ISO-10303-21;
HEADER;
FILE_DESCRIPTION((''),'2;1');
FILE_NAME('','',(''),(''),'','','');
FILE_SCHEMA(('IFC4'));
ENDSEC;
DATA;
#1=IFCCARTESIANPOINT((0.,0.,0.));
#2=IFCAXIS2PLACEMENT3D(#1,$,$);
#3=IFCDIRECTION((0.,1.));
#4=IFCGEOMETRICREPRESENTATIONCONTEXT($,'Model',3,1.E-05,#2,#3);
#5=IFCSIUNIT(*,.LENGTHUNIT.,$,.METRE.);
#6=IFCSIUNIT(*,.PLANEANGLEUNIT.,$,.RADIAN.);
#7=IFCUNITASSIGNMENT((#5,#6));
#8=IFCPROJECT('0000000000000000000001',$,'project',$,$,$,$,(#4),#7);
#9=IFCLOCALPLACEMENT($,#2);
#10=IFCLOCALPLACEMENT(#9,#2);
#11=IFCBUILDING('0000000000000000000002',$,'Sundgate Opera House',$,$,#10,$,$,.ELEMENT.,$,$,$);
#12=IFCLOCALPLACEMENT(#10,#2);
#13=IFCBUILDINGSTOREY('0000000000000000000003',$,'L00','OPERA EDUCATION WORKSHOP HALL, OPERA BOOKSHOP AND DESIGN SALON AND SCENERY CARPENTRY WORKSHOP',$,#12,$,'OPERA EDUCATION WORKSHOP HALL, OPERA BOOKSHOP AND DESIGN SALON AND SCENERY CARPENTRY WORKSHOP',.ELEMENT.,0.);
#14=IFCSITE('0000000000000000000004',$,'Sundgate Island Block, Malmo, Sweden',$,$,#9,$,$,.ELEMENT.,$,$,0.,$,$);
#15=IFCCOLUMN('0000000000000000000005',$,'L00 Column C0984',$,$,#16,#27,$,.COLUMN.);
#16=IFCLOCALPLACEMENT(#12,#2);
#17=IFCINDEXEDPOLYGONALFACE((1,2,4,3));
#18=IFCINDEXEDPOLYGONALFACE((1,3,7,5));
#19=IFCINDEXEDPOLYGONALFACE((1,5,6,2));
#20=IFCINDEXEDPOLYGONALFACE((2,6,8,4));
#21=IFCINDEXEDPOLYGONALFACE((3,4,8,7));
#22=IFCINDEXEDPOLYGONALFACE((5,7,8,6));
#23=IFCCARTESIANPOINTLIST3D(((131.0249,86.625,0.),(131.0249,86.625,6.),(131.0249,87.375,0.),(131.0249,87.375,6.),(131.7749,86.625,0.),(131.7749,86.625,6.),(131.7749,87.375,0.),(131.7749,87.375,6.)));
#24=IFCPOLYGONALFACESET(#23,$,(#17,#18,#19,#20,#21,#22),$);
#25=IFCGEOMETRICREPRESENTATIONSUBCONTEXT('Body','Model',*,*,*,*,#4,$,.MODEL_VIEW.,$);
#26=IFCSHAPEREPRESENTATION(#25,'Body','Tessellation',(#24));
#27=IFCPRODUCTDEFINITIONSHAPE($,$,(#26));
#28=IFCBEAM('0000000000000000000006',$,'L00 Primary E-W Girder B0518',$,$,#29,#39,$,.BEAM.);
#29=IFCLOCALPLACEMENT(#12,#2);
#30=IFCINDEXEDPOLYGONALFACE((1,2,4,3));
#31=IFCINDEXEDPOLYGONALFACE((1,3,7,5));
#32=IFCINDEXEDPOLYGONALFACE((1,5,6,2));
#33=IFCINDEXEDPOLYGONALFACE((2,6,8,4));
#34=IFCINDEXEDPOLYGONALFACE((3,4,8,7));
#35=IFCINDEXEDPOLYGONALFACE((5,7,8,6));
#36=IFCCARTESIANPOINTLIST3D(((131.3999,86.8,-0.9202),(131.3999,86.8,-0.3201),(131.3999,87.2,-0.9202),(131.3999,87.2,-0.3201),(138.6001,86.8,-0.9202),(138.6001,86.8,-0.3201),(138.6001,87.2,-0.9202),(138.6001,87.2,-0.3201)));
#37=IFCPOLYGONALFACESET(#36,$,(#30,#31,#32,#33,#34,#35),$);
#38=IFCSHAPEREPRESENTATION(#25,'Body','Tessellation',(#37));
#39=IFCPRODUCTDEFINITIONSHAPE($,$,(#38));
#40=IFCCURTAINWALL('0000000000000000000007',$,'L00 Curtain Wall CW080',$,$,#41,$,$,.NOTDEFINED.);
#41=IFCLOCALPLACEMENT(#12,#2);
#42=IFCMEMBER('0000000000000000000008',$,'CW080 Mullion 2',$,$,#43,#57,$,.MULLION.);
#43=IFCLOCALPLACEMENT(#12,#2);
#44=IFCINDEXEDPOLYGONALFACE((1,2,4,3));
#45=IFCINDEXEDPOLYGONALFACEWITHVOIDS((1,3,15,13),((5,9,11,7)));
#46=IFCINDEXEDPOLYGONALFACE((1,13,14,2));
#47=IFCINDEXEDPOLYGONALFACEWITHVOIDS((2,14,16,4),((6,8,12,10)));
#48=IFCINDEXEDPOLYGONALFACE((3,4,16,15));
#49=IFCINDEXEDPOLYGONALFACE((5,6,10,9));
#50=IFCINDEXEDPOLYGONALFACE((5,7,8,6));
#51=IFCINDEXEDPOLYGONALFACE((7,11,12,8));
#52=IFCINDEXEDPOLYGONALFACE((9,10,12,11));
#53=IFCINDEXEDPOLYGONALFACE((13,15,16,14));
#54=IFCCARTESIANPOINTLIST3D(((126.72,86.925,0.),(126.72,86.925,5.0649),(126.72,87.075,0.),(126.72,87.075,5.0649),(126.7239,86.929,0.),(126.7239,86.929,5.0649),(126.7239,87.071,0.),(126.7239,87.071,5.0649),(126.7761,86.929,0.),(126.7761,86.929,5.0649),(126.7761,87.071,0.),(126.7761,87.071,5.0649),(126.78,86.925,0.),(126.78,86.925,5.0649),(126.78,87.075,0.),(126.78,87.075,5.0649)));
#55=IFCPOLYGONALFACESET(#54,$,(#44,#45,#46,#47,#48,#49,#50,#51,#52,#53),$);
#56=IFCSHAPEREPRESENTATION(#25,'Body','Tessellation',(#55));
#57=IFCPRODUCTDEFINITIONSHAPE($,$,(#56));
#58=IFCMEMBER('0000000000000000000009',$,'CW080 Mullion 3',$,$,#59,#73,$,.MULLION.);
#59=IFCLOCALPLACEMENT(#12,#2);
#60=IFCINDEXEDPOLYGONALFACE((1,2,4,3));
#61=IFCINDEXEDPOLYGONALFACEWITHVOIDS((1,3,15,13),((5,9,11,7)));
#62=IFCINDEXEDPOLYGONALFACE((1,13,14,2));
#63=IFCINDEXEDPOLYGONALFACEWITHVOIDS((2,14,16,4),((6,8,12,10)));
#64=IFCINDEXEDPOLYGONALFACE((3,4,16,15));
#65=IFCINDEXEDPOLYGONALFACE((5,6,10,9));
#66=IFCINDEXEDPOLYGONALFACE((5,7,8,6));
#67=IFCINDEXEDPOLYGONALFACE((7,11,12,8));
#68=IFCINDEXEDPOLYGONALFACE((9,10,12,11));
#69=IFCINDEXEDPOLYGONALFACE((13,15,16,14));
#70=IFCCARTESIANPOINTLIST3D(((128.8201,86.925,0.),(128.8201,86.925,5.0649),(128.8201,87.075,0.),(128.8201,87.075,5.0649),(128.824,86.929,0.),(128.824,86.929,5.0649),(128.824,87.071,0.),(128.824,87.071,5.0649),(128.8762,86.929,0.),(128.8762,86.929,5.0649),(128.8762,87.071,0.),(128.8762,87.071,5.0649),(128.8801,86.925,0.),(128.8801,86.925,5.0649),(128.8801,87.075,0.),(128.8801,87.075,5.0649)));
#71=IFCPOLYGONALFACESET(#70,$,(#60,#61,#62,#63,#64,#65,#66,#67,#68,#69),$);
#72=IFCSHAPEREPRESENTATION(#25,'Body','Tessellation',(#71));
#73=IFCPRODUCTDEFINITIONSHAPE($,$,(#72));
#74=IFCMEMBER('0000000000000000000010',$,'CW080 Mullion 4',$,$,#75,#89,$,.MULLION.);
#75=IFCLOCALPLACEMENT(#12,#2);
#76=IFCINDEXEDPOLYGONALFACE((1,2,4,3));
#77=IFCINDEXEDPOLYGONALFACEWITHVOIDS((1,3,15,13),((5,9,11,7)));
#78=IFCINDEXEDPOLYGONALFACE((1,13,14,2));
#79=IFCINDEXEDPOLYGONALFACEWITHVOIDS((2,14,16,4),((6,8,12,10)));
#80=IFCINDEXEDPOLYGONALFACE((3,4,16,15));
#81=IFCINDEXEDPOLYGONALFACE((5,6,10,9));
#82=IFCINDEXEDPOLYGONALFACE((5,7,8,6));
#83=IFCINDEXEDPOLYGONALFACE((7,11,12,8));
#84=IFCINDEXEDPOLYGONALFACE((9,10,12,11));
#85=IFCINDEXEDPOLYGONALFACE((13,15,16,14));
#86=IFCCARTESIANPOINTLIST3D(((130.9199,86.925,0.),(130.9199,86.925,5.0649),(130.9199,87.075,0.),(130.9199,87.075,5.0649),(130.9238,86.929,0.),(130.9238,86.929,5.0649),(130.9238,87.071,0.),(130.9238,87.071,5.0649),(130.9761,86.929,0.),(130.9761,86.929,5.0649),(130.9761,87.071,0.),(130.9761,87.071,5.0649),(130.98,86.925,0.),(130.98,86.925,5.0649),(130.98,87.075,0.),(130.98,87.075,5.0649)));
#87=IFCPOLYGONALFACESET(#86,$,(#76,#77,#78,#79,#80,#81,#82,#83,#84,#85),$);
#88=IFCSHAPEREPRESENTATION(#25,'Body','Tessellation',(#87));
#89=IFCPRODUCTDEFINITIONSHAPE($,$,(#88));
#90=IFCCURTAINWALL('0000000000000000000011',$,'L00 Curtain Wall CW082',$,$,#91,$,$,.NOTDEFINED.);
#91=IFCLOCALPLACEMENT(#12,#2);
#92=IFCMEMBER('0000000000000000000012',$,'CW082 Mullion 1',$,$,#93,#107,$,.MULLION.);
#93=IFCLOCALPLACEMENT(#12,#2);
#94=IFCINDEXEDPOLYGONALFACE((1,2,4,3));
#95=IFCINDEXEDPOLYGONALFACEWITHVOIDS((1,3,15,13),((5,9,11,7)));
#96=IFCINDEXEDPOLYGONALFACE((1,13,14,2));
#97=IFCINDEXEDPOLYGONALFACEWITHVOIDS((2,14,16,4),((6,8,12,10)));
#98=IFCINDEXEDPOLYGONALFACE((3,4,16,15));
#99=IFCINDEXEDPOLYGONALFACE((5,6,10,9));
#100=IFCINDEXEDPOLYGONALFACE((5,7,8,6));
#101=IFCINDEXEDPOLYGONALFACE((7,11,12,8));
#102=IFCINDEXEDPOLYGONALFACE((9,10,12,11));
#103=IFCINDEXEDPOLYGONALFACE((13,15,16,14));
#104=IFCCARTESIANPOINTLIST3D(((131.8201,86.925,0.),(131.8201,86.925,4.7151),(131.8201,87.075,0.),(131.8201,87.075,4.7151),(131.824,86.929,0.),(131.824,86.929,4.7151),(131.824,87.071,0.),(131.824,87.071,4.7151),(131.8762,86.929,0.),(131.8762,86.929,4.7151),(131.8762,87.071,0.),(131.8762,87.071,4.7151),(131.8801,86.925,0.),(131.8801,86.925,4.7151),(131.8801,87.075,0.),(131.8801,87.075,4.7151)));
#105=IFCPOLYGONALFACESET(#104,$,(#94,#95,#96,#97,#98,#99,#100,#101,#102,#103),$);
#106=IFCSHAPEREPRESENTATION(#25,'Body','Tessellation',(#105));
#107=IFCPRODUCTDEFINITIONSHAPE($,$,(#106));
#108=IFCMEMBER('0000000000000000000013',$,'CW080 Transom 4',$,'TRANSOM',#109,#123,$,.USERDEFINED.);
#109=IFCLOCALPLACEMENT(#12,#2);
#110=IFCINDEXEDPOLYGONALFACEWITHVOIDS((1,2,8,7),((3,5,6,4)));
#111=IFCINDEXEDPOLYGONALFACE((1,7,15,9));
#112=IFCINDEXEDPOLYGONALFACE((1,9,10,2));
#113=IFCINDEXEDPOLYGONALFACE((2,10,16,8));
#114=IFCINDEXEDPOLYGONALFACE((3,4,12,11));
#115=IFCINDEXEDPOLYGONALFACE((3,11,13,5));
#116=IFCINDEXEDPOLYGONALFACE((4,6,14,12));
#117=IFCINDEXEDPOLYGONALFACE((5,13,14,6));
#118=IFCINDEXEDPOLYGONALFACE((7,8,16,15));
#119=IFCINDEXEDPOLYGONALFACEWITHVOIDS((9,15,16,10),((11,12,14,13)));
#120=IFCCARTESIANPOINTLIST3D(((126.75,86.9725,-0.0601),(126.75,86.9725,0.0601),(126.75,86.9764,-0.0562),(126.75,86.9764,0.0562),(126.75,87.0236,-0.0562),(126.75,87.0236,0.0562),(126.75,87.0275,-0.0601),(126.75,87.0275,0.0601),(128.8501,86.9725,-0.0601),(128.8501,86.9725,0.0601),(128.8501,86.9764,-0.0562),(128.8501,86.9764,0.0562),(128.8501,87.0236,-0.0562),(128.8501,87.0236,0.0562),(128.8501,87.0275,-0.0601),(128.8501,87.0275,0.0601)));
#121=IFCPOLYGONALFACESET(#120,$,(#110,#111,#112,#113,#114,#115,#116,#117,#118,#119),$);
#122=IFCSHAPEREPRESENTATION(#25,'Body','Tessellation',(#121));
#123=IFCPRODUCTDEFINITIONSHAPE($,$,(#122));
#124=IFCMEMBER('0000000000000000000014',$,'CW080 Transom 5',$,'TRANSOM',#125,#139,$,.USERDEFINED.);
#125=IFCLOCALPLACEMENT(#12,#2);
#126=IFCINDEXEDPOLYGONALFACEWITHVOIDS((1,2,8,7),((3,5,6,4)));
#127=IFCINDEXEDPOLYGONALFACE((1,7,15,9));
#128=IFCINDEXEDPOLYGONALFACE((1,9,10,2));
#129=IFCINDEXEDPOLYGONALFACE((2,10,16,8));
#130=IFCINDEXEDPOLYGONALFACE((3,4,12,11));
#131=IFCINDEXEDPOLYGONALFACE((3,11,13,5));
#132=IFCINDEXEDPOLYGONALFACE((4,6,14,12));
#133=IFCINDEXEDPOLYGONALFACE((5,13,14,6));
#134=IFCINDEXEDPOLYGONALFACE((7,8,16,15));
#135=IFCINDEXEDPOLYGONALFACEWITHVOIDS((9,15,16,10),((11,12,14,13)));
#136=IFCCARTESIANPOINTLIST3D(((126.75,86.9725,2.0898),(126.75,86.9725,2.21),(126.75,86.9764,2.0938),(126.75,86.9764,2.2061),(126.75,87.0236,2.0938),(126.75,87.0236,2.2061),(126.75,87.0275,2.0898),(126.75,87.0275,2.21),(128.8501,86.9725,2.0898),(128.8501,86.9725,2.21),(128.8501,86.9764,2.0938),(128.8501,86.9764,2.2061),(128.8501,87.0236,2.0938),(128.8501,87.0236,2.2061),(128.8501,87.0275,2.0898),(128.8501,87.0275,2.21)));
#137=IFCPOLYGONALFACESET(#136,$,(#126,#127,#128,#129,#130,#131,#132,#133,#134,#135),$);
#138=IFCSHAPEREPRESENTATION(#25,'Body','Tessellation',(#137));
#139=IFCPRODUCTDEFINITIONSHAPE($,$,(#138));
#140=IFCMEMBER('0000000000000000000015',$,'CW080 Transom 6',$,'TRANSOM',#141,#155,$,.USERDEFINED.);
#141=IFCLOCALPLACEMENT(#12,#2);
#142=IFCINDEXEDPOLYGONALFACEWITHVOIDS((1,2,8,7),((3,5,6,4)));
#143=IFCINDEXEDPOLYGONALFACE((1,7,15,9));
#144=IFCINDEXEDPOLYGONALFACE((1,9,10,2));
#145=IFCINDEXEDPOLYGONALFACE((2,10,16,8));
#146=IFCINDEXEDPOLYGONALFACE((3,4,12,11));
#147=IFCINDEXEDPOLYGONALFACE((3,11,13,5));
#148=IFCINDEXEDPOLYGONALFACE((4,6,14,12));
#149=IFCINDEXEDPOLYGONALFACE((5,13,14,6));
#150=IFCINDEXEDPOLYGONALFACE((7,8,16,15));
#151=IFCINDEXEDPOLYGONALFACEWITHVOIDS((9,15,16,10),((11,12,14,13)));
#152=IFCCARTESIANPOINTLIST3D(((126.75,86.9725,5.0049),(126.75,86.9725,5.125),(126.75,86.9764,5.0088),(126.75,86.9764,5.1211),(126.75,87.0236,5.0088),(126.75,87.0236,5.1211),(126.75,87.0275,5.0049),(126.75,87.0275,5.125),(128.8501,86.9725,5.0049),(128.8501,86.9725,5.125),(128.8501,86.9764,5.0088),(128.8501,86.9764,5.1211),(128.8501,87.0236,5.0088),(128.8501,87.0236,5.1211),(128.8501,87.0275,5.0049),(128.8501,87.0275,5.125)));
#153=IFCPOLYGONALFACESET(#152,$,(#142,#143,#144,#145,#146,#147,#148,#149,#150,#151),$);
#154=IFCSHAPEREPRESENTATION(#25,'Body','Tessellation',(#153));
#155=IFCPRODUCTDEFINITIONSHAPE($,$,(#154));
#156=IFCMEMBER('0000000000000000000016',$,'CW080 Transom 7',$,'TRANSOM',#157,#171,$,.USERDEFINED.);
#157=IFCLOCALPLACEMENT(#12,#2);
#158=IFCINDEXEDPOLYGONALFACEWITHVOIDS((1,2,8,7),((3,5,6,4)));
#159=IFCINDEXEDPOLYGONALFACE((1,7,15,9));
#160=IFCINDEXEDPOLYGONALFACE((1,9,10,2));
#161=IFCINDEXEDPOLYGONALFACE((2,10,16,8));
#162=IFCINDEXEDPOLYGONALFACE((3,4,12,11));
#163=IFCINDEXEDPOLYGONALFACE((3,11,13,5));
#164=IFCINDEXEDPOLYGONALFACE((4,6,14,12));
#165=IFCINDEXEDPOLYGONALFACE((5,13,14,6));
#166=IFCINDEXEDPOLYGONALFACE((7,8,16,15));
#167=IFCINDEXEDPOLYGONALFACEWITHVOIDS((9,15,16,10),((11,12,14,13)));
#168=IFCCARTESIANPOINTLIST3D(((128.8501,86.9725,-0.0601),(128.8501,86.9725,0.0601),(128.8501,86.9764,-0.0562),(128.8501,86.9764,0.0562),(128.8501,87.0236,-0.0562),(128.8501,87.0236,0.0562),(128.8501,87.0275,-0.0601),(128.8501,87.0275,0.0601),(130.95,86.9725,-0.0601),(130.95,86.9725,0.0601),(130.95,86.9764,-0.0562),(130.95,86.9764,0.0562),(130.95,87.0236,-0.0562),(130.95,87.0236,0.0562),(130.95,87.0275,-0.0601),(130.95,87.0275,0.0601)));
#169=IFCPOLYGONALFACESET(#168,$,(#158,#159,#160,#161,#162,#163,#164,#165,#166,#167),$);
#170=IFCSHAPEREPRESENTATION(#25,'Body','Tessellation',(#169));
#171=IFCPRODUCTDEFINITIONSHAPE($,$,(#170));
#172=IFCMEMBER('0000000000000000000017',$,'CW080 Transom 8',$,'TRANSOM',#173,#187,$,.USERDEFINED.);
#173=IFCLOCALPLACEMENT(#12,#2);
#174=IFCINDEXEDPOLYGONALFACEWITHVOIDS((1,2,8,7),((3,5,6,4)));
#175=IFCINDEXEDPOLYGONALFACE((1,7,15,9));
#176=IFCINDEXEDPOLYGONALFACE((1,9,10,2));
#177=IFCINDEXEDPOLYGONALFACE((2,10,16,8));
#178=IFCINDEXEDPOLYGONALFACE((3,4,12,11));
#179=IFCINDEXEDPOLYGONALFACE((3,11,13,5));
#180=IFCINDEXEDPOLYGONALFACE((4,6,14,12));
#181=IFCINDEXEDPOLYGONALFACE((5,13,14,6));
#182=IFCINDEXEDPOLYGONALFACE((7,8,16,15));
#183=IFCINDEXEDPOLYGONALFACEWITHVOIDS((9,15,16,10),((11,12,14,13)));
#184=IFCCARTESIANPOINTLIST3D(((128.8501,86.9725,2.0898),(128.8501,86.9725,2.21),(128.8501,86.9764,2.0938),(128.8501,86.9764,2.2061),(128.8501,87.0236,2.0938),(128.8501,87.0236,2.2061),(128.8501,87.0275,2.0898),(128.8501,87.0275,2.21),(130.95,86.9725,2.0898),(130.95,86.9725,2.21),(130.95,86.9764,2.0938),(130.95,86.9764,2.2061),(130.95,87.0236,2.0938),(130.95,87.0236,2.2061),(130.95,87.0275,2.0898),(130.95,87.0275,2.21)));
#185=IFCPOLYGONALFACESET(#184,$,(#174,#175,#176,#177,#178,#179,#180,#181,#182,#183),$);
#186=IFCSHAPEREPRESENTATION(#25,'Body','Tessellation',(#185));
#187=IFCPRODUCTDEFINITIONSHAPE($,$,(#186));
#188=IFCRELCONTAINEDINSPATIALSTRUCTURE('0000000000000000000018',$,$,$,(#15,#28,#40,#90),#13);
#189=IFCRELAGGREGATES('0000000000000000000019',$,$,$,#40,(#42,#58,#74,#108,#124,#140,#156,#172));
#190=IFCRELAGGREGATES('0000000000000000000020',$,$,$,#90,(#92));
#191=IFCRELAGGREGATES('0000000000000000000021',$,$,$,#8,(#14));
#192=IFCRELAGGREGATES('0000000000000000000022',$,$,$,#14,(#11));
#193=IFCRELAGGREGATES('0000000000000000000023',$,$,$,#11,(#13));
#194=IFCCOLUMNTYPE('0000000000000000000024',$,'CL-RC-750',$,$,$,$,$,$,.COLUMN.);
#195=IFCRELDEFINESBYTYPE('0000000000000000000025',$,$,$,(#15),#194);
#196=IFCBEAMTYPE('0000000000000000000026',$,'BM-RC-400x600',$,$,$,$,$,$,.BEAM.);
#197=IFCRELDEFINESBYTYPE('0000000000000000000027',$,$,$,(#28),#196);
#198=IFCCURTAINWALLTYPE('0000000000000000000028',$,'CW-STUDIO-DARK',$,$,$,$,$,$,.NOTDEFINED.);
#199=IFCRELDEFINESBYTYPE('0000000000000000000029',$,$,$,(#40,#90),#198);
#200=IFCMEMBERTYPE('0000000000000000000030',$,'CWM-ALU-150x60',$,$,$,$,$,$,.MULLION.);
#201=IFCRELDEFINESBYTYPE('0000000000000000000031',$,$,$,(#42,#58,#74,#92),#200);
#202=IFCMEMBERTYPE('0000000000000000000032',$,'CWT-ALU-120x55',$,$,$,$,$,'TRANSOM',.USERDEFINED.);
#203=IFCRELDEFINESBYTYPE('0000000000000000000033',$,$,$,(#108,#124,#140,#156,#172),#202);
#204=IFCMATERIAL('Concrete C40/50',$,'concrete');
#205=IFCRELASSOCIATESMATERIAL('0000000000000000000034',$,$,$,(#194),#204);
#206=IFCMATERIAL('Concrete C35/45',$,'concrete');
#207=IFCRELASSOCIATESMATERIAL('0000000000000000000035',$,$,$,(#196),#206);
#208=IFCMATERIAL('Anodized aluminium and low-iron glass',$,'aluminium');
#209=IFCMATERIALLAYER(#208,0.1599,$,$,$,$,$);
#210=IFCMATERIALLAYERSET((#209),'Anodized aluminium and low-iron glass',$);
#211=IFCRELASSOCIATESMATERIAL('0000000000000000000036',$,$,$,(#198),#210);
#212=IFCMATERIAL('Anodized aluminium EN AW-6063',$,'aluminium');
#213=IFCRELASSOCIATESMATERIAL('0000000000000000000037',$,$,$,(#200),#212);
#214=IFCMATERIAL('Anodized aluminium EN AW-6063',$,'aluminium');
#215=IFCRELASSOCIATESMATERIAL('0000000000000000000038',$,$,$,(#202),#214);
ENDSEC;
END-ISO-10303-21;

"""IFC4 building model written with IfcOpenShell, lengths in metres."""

from ifc_helpers import new_model, si_unit, direction, frame, origin, origin_2d, place, context, subcontext, project, spatial, rectangle, hollow_rectangle, extrude, material, layer, layer_set, material_profile, profile_set, type_object, element, aggregate, save


model = new_model("IFC4")

# Units and contexts
model_context = context("Model", 3, precision=1e-05, world=origin(), true_north=direction((0.0, 1.0)))
body_context = subcontext(model_context, "Body", "Model", "MODEL_VIEW")
ifc_project = project(units=[si_unit("LENGTHUNIT", "METRE"), si_unit("PLANEANGLEUNIT", "RADIAN")], contexts=[model_context])

# Site, building, storey
site_placement = place(None, origin())
site = spatial("IfcSite", under=ifc_project, at=site_placement, Name="Sundgate Island Block, Malmo, Sweden", CompositionType="ELEMENT", RefElevation=0.0)
building_placement = place(site_placement, origin())
building = spatial("IfcBuilding", under=site, at=building_placement, Name="Sundgate Opera House", CompositionType="ELEMENT")
storey_placement = place(building_placement, origin())
storey = spatial("IfcBuildingStorey", under=building, at=storey_placement, Name="L00", Description="OPERA EDUCATION WORKSHOP HALL, OPERA BOOKSHOP AND DESIGN SALON AND SCENERY CARPENTRY WORKSHOP", LongName="OPERA EDUCATION WORKSHOP HALL, OPERA BOOKSHOP AND DESIGN SALON AND SCENERY CARPENTRY WORKSHOP", CompositionType="ELEMENT", Elevation=0.0)

# Column
ifc_material_1 = material(Name="Concrete C40/50", Category="concrete")
ifc_material_profile_1 = material_profile(ifc_material_1, rectangle(XDim=0.75, YDim=0.75, at=origin_2d()), Name="RC 750x750")
ifc_profile_set_1 = profile_set([ifc_material_profile_1], Name="Concrete C40/50")
column_type = type_object("IfcColumnType", Name="CL-RC-750", PredefinedType="COLUMN", material=ifc_profile_set_1)
column_placement = place(storey_placement, frame((131.3999, 87.0, 0.0), z_axis=(0.0, 0.0, 1.0), x_axis=(1.0, 0.0, 0.0)))
element("IfcColumn", 1, at=column_placement, inside=storey, type_object=column_type, Name="L00 Column C0984", PredefinedType="COLUMN", context=body_context, shape_type="SweptSolid", body=[
    extrude(rectangle(XDim=0.75, YDim=0.75, at=origin_2d()), origin(), (0.0, 0.0, 1.0), 6.0),
])

# Beam
ifc_material_2 = material(Name="Concrete C35/45", Category="concrete")
ifc_material_profile_2 = material_profile(ifc_material_2, rectangle(XDim=0.3999, YDim=0.6001, at=origin_2d()), Name="RC 400x600")
ifc_profile_set_2 = profile_set([ifc_material_profile_2], Name="Concrete C35/45")
beam_type = type_object("IfcBeamType", Name="BM-RC-400x600", PredefinedType="BEAM", material=ifc_profile_set_2)
beam_placement = place(storey_placement, frame((131.3999, 87.0, -0.6201), z_axis=(1.0, 0.0, 0.0), x_axis=(0.0, 1.0, 0.0)))
element("IfcBeam", 2, at=beam_placement, inside=storey, type_object=beam_type, Name="L00 Primary E-W Girder B0518", PredefinedType="BEAM", context=body_context, shape_type="SweptSolid", body=[
    extrude(rectangle(XDim=0.3999, YDim=0.6001, at=origin_2d()), origin(), (0.0, 0.0, 1.0), 7.2002),
])

# Curtain wall, members
ifc_material_3 = material(Name="Anodized aluminium and low-iron glass", Category="aluminium")
ifc_layer_1 = layer(ifc_material_3, 0.1599)
ifc_layer_set_1 = layer_set([ifc_layer_1], Name="Anodized aluminium and low-iron glass")
curtain_wall_type = type_object("IfcCurtainWallType", Name="CW-STUDIO-DARK", PredefinedType="NOTDEFINED", material=ifc_layer_set_1)
curtain_wall_1_placement = place(storey_placement, origin())
curtain_wall_1 = element("IfcCurtainWall", 3, at=curtain_wall_1_placement, inside=storey, type_object=curtain_wall_type, Name="L00 Curtain Wall CW080", PredefinedType="NOTDEFINED")
ifc_material_4 = material(Name="Anodized aluminium EN AW-6063", Category="aluminium")
ifc_material_profile_3 = material_profile(ifc_material_4, hollow_rectangle(XDim=0.0601, YDim=0.1499, WallThickness=0.0039, at=origin_2d()), Name="CWM 150x60x4")
ifc_profile_set_3 = profile_set([ifc_material_profile_3], Name="Anodized aluminium EN AW-6063")
member_type_1 = type_object("IfcMemberType", Name="CWM-ALU-150x60", PredefinedType="MULLION", material=ifc_profile_set_3)
member_1_placement = place(storey_placement, frame((126.75, 87.0, 0.0), z_axis=(0.0, 0.0, 1.0), x_axis=(1.0, 0.0, 0.0)))
member_1 = element("IfcMember", 4, at=member_1_placement, type_object=member_type_1, Name="CW080 Mullion 2", PredefinedType="MULLION", context=body_context, shape_type="SweptSolid", body=[
    extrude(hollow_rectangle(XDim=0.0601, YDim=0.1499, WallThickness=0.0039, at=origin_2d()), origin(), (0.0, 0.0, 1.0), 5.0649),
])
member_2_placement = place(storey_placement, frame((128.8501, 87.0, 0.0), z_axis=(0.0, 0.0, 1.0), x_axis=(1.0, 0.0, 0.0)))
member_2 = element("IfcMember", 5, at=member_2_placement, type_object=member_type_1, Name="CW080 Mullion 3", PredefinedType="MULLION", context=body_context, shape_type="SweptSolid", body=[
    extrude(hollow_rectangle(XDim=0.0601, YDim=0.1499, WallThickness=0.0039, at=origin_2d()), origin(), (0.0, 0.0, 1.0), 5.0649),
])
member_3_placement = place(storey_placement, frame((130.95, 87.0, 0.0), z_axis=(0.0, 0.0, 1.0), x_axis=(1.0, 0.0, 0.0)))
member_3 = element("IfcMember", 6, at=member_3_placement, type_object=member_type_1, Name="CW080 Mullion 4", PredefinedType="MULLION", context=body_context, shape_type="SweptSolid", body=[
    extrude(hollow_rectangle(XDim=0.0601, YDim=0.1499, WallThickness=0.0039, at=origin_2d()), origin(), (0.0, 0.0, 1.0), 5.0649),
])

# Curtain wall, member
curtain_wall_2_placement = place(storey_placement, origin())
curtain_wall_2 = element("IfcCurtainWall", 7, at=curtain_wall_2_placement, inside=storey, type_object=curtain_wall_type, Name="L00 Curtain Wall CW082", PredefinedType="NOTDEFINED")
member_4_placement = place(storey_placement, frame((131.8501, 87.0, 0.0), z_axis=(0.0, 0.0, 1.0), x_axis=(1.0, 0.0, 0.0)))
member_4 = element("IfcMember", 8, at=member_4_placement, type_object=member_type_1, Name="CW082 Mullion 1", PredefinedType="MULLION", context=body_context, shape_type="SweptSolid", body=[
    extrude(hollow_rectangle(XDim=0.0601, YDim=0.1499, WallThickness=0.0039, at=origin_2d()), origin(), (0.0, 0.0, 1.0), 4.7151),
])

# Members
ifc_material_5 = material(Name="Anodized aluminium EN AW-6063", Category="aluminium")
ifc_material_profile_4 = material_profile(ifc_material_5, hollow_rectangle(XDim=0.0549, YDim=0.1201, WallThickness=0.0039, at=origin_2d()), Name="CWT 120x55x4")
ifc_profile_set_4 = profile_set([ifc_material_profile_4], Name="Anodized aluminium EN AW-6063")
member_type_2 = type_object("IfcMemberType", Name="CWT-ALU-120x55", ElementType="TRANSOM", PredefinedType="USERDEFINED", material=ifc_profile_set_4)
member_5_placement = place(storey_placement, frame((126.75, 87.0, 0.0), z_axis=(1.0, 0.0, 0.0), x_axis=(0.0, 1.0, 0.0)))
member_5 = element("IfcMember", 9, at=member_5_placement, type_object=member_type_2, Name="CW080 Transom 4", ObjectType="TRANSOM", PredefinedType="USERDEFINED", context=body_context, shape_type="SweptSolid", body=[
    extrude(hollow_rectangle(XDim=0.0549, YDim=0.1201, WallThickness=0.0039, at=origin_2d()), origin(), (0.0, 0.0, 1.0), 2.1001),
])
member_6_placement = place(storey_placement, frame((126.75, 87.0, 2.1499), z_axis=(1.0, 0.0, 0.0), x_axis=(0.0, 1.0, 0.0)))
member_6 = element("IfcMember", 10, at=member_6_placement, type_object=member_type_2, Name="CW080 Transom 5", ObjectType="TRANSOM", PredefinedType="USERDEFINED", context=body_context, shape_type="SweptSolid", body=[
    extrude(hollow_rectangle(XDim=0.0549, YDim=0.1201, WallThickness=0.0039, at=origin_2d()), origin(), (0.0, 0.0, 1.0), 2.1001),
])
member_7_placement = place(storey_placement, frame((126.75, 87.0, 5.0649), z_axis=(1.0, 0.0, 0.0), x_axis=(0.0, 1.0, 0.0)))
member_7 = element("IfcMember", 11, at=member_7_placement, type_object=member_type_2, Name="CW080 Transom 6", ObjectType="TRANSOM", PredefinedType="USERDEFINED", context=body_context, shape_type="SweptSolid", body=[
    extrude(hollow_rectangle(XDim=0.0549, YDim=0.1201, WallThickness=0.0039, at=origin_2d()), origin(), (0.0, 0.0, 1.0), 2.1001),
])
member_8_placement = place(storey_placement, frame((128.8501, 87.0, 0.0), z_axis=(1.0, 0.0, 0.0), x_axis=(0.0, 1.0, 0.0)))
member_8 = element("IfcMember", 12, at=member_8_placement, type_object=member_type_2, Name="CW080 Transom 7", ObjectType="TRANSOM", PredefinedType="USERDEFINED", context=body_context, shape_type="SweptSolid", body=[
    extrude(hollow_rectangle(XDim=0.0549, YDim=0.1201, WallThickness=0.0039, at=origin_2d()), origin(), (0.0, 0.0, 1.0), 2.0999),
])
member_9_placement = place(storey_placement, frame((128.8501, 87.0, 2.1499), z_axis=(1.0, 0.0, 0.0), x_axis=(0.0, 1.0, 0.0)))
member_9 = element("IfcMember", 13, at=member_9_placement, type_object=member_type_2, Name="CW080 Transom 8", ObjectType="TRANSOM", PredefinedType="USERDEFINED", context=body_context, shape_type="SweptSolid", body=[
    extrude(hollow_rectangle(XDim=0.0549, YDim=0.1201, WallThickness=0.0039, at=origin_2d()), origin(), (0.0, 0.0, 1.0), 2.0999),
])

aggregate(curtain_wall_1, [member_1, member_2, member_3, member_5, member_6, member_7, member_8, member_9])
aggregate(curtain_wall_2, [member_4])

save(model, "model.ifc")
